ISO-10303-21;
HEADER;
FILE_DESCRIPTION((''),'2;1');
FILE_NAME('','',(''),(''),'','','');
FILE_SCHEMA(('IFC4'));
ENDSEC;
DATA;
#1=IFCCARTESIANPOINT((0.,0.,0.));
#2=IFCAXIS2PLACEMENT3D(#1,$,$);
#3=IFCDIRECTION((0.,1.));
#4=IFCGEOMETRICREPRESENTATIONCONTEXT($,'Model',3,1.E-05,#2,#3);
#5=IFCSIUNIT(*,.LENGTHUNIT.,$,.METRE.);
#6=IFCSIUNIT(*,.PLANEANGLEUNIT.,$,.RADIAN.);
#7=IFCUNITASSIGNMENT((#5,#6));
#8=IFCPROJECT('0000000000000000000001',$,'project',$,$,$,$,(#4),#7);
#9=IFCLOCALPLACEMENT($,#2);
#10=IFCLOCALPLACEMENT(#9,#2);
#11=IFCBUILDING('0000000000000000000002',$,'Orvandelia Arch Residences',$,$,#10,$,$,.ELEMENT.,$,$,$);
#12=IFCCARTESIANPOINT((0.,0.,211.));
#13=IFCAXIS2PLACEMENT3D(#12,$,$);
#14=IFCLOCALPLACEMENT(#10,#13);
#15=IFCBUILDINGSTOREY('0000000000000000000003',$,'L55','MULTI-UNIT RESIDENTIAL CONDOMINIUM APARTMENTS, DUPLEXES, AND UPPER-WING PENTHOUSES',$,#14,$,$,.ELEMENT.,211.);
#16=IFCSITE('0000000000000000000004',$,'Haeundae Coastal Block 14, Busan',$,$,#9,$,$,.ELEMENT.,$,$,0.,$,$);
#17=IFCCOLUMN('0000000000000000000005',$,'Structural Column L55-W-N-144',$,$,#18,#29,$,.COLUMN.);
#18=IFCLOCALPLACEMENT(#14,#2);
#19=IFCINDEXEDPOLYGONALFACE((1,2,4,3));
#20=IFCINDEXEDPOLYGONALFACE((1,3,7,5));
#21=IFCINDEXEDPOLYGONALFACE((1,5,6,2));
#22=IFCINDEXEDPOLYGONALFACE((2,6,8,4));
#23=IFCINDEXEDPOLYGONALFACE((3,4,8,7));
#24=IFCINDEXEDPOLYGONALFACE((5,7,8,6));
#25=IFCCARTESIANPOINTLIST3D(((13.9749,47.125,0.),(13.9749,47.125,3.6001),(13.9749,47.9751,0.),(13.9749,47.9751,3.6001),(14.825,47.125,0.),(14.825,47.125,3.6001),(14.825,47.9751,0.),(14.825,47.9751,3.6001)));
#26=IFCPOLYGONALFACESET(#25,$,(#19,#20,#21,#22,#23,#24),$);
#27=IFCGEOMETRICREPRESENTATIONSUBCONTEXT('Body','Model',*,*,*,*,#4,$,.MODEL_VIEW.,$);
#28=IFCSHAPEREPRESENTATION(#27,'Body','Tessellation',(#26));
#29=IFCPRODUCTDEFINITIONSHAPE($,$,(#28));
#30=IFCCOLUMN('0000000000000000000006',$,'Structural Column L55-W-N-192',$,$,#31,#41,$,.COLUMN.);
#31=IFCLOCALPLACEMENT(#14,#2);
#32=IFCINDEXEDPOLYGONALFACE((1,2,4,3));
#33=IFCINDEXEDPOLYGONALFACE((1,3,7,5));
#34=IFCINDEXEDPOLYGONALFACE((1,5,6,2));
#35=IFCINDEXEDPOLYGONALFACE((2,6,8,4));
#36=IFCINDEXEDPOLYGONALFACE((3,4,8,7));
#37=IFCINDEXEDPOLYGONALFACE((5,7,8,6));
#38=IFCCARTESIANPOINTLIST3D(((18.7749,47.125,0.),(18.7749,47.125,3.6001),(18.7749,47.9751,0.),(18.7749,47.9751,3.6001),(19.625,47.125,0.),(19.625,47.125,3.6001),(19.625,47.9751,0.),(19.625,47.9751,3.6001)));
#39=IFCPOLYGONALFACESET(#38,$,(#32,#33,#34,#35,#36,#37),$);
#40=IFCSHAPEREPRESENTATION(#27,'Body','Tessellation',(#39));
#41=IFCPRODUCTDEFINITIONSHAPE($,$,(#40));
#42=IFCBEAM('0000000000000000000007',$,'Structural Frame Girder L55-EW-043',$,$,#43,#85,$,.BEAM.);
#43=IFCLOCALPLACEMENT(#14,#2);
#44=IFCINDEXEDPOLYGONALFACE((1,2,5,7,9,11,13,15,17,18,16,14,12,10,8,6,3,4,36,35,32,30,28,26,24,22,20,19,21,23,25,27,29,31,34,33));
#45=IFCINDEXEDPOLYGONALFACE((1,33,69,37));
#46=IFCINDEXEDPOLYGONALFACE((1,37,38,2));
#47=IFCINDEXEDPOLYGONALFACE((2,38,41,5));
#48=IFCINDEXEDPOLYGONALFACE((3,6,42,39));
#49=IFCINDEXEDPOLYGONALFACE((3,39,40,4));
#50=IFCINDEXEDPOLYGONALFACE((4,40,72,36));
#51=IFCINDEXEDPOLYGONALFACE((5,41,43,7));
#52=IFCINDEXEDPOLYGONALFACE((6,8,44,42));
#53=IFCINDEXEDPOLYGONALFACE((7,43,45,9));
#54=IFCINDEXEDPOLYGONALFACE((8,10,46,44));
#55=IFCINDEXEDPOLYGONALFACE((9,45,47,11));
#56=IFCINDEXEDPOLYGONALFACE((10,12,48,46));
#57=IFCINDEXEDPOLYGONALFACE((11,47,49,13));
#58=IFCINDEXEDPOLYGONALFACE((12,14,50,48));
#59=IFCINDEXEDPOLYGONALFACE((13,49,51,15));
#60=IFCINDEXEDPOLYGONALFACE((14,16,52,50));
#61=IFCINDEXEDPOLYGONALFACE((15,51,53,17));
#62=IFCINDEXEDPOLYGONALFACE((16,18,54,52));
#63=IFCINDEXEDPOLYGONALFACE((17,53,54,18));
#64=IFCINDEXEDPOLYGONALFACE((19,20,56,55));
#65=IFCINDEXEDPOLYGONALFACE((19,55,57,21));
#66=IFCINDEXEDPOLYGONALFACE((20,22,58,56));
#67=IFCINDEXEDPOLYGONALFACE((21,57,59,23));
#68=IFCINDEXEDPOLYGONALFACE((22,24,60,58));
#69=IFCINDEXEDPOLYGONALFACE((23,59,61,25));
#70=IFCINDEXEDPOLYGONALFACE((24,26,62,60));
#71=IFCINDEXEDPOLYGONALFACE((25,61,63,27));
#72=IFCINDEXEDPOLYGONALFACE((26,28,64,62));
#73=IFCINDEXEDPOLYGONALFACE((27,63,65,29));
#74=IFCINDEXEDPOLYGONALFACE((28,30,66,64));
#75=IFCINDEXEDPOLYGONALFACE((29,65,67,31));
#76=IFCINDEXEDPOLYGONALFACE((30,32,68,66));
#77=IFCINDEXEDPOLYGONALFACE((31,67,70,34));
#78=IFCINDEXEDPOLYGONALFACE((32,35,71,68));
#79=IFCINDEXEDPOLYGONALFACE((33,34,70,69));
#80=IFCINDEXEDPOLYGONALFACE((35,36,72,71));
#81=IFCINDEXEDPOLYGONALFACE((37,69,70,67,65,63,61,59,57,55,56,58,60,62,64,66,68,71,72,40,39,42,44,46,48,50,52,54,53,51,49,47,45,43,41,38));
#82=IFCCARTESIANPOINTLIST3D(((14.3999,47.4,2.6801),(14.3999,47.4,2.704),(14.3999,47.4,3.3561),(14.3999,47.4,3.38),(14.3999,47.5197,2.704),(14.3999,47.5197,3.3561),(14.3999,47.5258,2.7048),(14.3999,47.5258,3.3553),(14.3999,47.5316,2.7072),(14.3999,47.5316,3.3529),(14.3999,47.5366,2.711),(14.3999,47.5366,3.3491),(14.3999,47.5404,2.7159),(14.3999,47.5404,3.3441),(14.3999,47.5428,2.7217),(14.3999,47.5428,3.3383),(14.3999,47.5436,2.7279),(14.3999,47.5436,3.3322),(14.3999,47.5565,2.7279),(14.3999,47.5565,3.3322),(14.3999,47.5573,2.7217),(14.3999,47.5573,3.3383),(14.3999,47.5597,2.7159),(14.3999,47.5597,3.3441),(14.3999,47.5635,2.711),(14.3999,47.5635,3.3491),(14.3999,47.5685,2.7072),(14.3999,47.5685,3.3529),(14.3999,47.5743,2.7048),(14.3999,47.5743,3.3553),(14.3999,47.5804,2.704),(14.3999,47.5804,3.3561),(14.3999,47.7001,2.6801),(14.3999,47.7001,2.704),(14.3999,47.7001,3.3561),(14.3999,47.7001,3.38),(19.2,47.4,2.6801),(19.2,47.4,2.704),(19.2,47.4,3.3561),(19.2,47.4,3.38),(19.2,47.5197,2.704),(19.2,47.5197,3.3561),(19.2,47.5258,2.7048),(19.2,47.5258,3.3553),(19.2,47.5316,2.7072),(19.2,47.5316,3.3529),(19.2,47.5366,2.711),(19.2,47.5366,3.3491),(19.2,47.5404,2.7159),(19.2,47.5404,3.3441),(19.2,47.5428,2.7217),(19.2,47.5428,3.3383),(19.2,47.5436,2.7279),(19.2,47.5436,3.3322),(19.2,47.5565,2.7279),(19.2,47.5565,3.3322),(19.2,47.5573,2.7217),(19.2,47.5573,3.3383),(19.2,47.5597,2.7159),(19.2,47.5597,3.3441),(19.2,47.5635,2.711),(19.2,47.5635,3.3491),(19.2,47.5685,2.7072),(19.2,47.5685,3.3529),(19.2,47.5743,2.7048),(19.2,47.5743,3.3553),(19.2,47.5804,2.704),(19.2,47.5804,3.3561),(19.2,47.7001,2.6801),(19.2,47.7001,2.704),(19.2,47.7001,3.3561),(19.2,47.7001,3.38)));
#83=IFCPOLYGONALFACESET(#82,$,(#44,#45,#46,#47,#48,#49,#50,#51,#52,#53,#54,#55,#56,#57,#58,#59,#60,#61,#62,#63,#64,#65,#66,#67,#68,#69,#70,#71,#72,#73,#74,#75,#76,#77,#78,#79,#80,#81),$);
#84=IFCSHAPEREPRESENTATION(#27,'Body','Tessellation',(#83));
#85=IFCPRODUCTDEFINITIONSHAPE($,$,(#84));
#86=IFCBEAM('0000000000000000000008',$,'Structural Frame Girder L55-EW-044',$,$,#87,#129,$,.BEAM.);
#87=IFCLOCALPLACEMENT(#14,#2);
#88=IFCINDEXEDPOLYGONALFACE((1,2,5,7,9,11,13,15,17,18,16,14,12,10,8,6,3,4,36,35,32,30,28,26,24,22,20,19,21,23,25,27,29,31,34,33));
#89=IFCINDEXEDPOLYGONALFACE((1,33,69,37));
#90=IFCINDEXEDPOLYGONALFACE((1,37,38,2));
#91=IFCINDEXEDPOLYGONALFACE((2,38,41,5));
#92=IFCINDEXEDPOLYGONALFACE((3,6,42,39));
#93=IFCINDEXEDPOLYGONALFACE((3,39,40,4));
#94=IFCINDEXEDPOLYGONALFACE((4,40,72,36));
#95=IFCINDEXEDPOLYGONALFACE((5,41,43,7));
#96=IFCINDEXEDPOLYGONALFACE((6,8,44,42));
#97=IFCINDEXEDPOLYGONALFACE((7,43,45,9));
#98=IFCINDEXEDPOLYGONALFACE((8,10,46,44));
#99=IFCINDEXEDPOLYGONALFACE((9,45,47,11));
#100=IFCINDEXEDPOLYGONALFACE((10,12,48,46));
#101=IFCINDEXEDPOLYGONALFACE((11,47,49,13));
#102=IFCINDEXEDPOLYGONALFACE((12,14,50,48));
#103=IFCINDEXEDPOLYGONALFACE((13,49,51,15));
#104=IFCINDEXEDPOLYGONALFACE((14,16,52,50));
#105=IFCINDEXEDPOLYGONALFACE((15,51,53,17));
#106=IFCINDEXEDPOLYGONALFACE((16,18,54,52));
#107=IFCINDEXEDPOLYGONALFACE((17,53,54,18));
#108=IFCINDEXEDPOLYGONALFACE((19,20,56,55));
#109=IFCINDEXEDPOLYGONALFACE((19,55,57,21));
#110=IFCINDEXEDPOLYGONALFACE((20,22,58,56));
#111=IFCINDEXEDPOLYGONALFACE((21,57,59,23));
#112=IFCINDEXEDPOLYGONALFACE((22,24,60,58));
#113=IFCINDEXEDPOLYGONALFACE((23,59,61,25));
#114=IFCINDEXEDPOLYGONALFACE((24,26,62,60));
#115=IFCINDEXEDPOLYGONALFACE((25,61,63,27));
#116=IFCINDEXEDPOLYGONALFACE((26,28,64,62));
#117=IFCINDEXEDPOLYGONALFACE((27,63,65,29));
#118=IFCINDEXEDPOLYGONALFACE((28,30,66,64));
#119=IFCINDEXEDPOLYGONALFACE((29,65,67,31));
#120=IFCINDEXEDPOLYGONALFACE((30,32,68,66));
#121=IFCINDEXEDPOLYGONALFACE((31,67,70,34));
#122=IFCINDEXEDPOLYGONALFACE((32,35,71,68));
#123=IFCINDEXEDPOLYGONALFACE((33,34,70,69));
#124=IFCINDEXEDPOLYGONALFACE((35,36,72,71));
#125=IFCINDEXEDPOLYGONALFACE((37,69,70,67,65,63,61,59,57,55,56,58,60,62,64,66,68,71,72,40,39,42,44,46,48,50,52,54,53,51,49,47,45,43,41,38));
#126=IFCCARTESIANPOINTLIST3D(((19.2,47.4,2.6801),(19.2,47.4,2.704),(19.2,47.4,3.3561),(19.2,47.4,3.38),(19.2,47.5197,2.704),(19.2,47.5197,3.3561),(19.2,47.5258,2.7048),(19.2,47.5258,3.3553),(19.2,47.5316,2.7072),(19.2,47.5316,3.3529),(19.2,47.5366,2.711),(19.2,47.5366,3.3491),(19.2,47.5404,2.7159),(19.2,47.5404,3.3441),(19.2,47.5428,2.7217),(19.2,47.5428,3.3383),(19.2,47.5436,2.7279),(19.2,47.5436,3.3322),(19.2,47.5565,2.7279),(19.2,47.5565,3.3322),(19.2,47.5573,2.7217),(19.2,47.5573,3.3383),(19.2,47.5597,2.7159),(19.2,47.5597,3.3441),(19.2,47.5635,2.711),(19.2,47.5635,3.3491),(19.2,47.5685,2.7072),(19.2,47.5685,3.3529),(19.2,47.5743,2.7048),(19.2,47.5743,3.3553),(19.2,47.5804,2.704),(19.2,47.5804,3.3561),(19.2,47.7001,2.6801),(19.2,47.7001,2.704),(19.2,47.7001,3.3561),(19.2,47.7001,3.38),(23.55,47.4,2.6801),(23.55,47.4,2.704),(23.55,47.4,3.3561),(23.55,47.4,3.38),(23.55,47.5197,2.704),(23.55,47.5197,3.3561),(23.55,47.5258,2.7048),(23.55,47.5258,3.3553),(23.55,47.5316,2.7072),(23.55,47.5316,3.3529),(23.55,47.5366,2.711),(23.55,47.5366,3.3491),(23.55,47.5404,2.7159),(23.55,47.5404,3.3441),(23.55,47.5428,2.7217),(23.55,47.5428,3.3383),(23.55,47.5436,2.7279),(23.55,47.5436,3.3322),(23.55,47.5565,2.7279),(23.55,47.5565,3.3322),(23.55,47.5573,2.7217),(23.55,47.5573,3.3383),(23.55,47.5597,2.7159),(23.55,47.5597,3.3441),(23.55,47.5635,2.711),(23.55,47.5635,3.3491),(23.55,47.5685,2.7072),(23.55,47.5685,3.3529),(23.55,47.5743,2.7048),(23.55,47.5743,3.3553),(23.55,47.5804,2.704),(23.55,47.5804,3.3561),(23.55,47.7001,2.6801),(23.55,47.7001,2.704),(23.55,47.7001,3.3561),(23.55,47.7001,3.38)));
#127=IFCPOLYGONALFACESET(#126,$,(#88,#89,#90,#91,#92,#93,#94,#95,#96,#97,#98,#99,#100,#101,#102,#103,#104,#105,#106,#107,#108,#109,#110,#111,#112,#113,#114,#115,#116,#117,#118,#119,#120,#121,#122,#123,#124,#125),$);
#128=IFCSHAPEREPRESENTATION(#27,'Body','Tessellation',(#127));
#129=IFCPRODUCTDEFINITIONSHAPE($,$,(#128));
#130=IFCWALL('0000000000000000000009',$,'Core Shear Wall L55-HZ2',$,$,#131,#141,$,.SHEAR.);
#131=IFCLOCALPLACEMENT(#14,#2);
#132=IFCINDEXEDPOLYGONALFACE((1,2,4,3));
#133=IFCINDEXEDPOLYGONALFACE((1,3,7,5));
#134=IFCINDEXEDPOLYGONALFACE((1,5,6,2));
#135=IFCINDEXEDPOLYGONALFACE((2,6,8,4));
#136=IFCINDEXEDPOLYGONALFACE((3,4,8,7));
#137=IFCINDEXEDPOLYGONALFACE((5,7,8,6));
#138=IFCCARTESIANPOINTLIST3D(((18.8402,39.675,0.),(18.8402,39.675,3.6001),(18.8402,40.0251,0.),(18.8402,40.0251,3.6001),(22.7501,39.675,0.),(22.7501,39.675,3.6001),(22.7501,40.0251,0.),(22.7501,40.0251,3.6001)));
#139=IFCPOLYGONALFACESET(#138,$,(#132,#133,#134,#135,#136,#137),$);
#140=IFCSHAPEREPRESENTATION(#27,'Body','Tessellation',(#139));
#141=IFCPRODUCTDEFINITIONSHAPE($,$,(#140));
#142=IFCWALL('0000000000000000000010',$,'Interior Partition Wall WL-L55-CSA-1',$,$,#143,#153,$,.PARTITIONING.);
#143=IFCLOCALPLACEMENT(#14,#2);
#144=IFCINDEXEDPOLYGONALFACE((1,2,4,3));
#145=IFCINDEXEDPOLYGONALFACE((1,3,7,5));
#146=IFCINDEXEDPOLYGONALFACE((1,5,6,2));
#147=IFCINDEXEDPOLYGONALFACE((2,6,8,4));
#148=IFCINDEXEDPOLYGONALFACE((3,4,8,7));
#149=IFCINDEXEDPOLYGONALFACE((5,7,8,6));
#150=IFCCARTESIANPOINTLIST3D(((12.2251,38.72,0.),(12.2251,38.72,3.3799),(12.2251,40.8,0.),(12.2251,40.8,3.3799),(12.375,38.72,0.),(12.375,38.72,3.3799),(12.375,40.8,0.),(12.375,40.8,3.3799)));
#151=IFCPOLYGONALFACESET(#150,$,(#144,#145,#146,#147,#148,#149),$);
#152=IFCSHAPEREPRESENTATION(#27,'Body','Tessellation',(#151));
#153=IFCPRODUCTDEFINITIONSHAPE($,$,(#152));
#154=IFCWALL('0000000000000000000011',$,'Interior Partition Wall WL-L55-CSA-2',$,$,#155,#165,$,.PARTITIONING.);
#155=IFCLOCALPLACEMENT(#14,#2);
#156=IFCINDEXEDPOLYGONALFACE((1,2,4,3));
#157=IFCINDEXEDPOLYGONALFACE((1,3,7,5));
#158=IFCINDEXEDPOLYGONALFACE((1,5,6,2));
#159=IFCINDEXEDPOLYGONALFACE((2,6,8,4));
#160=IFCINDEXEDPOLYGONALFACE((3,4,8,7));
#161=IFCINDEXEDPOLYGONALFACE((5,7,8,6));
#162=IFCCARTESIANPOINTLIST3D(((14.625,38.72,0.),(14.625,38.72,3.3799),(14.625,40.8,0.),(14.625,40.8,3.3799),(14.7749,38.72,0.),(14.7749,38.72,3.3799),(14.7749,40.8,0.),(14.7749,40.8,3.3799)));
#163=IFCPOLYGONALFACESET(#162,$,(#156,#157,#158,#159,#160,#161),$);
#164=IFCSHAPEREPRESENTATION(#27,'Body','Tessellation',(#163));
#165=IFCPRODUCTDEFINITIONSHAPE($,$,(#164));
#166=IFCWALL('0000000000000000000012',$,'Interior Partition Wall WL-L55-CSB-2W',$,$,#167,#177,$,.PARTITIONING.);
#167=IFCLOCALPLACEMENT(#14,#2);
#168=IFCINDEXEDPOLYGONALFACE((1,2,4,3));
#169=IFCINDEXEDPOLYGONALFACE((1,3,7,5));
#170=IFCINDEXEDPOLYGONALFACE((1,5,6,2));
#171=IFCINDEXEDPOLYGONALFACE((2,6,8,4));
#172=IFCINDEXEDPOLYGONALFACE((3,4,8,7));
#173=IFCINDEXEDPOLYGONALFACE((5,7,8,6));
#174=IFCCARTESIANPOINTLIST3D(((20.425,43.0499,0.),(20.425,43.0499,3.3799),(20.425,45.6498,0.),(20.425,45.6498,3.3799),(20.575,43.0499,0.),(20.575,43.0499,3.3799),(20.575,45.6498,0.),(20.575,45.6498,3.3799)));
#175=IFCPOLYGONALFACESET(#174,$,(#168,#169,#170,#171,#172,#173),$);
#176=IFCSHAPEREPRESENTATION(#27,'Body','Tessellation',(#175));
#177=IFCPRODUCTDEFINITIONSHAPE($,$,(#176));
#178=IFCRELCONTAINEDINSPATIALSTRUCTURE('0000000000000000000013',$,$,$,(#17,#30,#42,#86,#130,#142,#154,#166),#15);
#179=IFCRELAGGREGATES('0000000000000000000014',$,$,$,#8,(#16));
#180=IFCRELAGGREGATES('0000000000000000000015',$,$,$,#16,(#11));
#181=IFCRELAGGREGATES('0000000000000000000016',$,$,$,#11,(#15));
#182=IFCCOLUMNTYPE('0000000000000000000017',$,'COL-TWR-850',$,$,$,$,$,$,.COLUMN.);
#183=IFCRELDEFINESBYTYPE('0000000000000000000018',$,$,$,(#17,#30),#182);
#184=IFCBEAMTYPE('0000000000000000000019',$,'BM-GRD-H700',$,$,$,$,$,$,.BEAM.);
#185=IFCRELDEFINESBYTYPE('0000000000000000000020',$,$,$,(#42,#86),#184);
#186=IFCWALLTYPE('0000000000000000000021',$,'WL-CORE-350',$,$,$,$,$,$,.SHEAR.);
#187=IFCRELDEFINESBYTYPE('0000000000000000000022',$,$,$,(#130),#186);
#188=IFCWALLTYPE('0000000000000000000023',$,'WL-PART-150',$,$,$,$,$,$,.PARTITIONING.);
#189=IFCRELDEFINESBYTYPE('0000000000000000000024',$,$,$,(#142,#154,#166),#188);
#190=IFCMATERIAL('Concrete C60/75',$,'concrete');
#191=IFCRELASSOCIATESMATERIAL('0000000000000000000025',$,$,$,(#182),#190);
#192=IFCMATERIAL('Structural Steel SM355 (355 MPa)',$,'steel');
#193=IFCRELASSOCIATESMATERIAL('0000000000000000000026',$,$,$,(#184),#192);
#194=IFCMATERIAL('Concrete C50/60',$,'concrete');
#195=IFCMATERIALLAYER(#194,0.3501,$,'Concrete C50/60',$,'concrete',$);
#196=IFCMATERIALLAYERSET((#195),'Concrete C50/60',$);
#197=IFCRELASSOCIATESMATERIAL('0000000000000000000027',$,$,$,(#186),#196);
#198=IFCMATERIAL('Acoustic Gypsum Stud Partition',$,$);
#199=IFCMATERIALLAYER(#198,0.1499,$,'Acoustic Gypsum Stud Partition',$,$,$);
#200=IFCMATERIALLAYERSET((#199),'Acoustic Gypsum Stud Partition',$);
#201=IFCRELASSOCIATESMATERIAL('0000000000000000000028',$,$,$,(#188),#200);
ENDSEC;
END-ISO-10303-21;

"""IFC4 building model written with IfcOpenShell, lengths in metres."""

from ifc_helpers import new_model, si_unit, direction, frame, frame_2d, origin, origin_2d, place, context, subcontext, project, spatial, rectangle, i_section, extrude, material, layer, layer_set, material_profile, profile_set, type_object, element, save


model = new_model("IFC4")

# Units and contexts
model_context = context("Model", 3, precision=1e-05, world=origin(), true_north=direction((0.0, 1.0)))
body_context = subcontext(model_context, "Body", "Model", "MODEL_VIEW")
ifc_project = project(units=[si_unit("LENGTHUNIT", "METRE"), si_unit("PLANEANGLEUNIT", "RADIAN")], contexts=[model_context])

# Site, building, storey
site_placement = place(None, origin())
site = spatial("IfcSite", under=ifc_project, at=site_placement, Name="Haeundae Coastal Block 14, Busan", CompositionType="ELEMENT", RefElevation=0.0)
building_placement = place(site_placement, origin())
building = spatial("IfcBuilding", under=site, at=building_placement, Name="Orvandelia Arch Residences", CompositionType="ELEMENT")
storey_placement = place(building_placement, frame((0.0, 0.0, 211.0)))
storey = spatial("IfcBuildingStorey", under=building, at=storey_placement, Name="L55", Description="MULTI-UNIT RESIDENTIAL CONDOMINIUM APARTMENTS, DUPLEXES, AND UPPER-WING PENTHOUSES", CompositionType="ELEMENT", Elevation=211.0)

# Columns
ifc_material_1 = material(Name="Concrete C60/75", Category="concrete")
ifc_material_profile_1 = material_profile(ifc_material_1, rectangle(XDim=0.8501, YDim=0.8501, at=origin_2d()), Name="Concrete C60/75", Category="concrete")
ifc_profile_set_1 = profile_set([ifc_material_profile_1], Name="Concrete C60/75")
column_type = type_object("IfcColumnType", Name="COL-TWR-850", PredefinedType="COLUMN", material=ifc_profile_set_1)
for number, where, z_axis, x_axis, name in (
    (1, (14.3999, 47.55, 0.0), (0.0, 0.0, 1.0), (1.0, 0.0, 0.0), "Structural Column L55-W-N-144"),
    (2, (19.2, 47.55, 0.0), (0.0, 0.0, 1.0), (1.0, 0.0, 0.0), "Structural Column L55-W-N-192"),
):
    element("IfcColumn", number, at=place(storey_placement, frame(where, z_axis=z_axis, x_axis=x_axis)), inside=storey, type_object=column_type, Name=name, PredefinedType="COLUMN", context=body_context, shape_type="SweptSolid", body=[
        extrude(rectangle(XDim=0.8501, YDim=0.8501, at=origin_2d()), origin(), (0.0, 0.0, 1.0), 3.6001),
    ])

# Beams
ifc_material_2 = material(Name="Structural Steel SM355 (355 MPa)", Category="steel")
ifc_material_profile_2 = material_profile(ifc_material_2, i_section(OverallWidth=0.3, OverallDepth=0.7, WebThickness=0.0129, FlangeThickness=0.0239, FilletRadius=0.0239, at=origin_2d()), Name="Structural Steel SM355 (355 MPa)", Category="steel")
ifc_profile_set_2 = profile_set([ifc_material_profile_2], Name="Structural Steel SM355 (355 MPa)")
beam_type = type_object("IfcBeamType", Name="BM-GRD-H700", PredefinedType="BEAM", material=ifc_profile_set_2)
beam_1_placement = place(storey_placement, frame((14.3999, 47.55, 3.03), z_axis=(1.0, 0.0, 0.0), x_axis=(0.0, 1.0, 0.0)))
element("IfcBeam", 3, at=beam_1_placement, inside=storey, type_object=beam_type, Name="Structural Frame Girder L55-EW-043", PredefinedType="BEAM", context=body_context, shape_type="SweptSolid", body=[
    extrude(i_section(OverallWidth=0.3, OverallDepth=0.7, WebThickness=0.0129, FlangeThickness=0.0239, FilletRadius=0.0239, at=origin_2d()), origin(), (0.0, 0.0, 1.0), 4.8),
])
beam_2_placement = place(storey_placement, frame((19.2, 47.55, 3.03), z_axis=(1.0, 0.0, 0.0), x_axis=(0.0, 1.0, 0.0)))
element("IfcBeam", 4, at=beam_2_placement, inside=storey, type_object=beam_type, Name="Structural Frame Girder L55-EW-044", PredefinedType="BEAM", context=body_context, shape_type="SweptSolid", body=[
    extrude(i_section(OverallWidth=0.3, OverallDepth=0.7, WebThickness=0.0129, FlangeThickness=0.0239, FilletRadius=0.0239, at=origin_2d()), origin(), (0.0, 0.0, 1.0), 4.3501),
])

# Wall
ifc_material_3 = material(Name="Concrete C50/60", Category="concrete")
ifc_layer_1 = layer(ifc_material_3, 0.3501, Name="Concrete C50/60", Category="concrete")
ifc_layer_set_1 = layer_set([ifc_layer_1], Name="Concrete C50/60")
wall_type_1 = type_object("IfcWallType", Name="WL-CORE-350", PredefinedType="SHEAR", material=ifc_layer_set_1)
wall_1_placement = place(storey_placement, frame((18.8401, 39.8501, 0.0), z_axis=(0.0, 0.0, 1.0), x_axis=(1.0, 0.0, 0.0)))
element("IfcWall", 5, at=wall_1_placement, inside=storey, type_object=wall_type_1, Name="Core Shear Wall L55-HZ2", PredefinedType="SHEAR", context=body_context, shape_type="SweptSolid", body=[
    extrude(rectangle(XDim=3.9099, YDim=0.3501, at=frame_2d((1.9551, 0.0))), origin(), (0.0, 0.0, 1.0), 3.6001),
])

# Walls
ifc_material_4 = material(Name="Acoustic Gypsum Stud Partition")
ifc_layer_2 = layer(ifc_material_4, 0.1499, Name="Acoustic Gypsum Stud Partition")
ifc_layer_set_2 = layer_set([ifc_layer_2], Name="Acoustic Gypsum Stud Partition")
wall_type_2 = type_object("IfcWallType", Name="WL-PART-150", PredefinedType="PARTITIONING", material=ifc_layer_set_2)
for number, where, z_axis, x_axis, name in (
    (6, (12.3, 38.72, 0.0), (0.0, 0.0, 1.0), (0.0, 1.0, 0.0), "Interior Partition Wall WL-L55-CSA-1"),
    (7, (14.7, 38.72, 0.0), (0.0, 0.0, 1.0), (0.0, 1.0, 0.0), "Interior Partition Wall WL-L55-CSA-2"),
):
    element("IfcWall", number, at=place(storey_placement, frame(where, z_axis=z_axis, x_axis=x_axis)), inside=storey, type_object=wall_type_2, Name=name, PredefinedType="PARTITIONING", context=body_context, shape_type="SweptSolid", body=[
        extrude(rectangle(XDim=2.0801, YDim=0.1499, at=frame_2d((1.04, 0.0))), origin(), (0.0, 0.0, 1.0), 3.3799),
    ])
wall_2_placement = place(storey_placement, frame((20.5, 43.05, 0.0), z_axis=(0.0, 0.0, 1.0), x_axis=(0.0, 1.0, 0.0)))
element("IfcWall", 8, at=wall_2_placement, inside=storey, type_object=wall_type_2, Name="Interior Partition Wall WL-L55-CSB-2W", PredefinedType="PARTITIONING", context=body_context, shape_type="SweptSolid", body=[
    extrude(rectangle(XDim=2.5999, YDim=0.1499, at=frame_2d((1.2998, 0.0))), origin(), (0.0, 0.0, 1.0), 3.3799),
])

save(model, "model.ifc")
